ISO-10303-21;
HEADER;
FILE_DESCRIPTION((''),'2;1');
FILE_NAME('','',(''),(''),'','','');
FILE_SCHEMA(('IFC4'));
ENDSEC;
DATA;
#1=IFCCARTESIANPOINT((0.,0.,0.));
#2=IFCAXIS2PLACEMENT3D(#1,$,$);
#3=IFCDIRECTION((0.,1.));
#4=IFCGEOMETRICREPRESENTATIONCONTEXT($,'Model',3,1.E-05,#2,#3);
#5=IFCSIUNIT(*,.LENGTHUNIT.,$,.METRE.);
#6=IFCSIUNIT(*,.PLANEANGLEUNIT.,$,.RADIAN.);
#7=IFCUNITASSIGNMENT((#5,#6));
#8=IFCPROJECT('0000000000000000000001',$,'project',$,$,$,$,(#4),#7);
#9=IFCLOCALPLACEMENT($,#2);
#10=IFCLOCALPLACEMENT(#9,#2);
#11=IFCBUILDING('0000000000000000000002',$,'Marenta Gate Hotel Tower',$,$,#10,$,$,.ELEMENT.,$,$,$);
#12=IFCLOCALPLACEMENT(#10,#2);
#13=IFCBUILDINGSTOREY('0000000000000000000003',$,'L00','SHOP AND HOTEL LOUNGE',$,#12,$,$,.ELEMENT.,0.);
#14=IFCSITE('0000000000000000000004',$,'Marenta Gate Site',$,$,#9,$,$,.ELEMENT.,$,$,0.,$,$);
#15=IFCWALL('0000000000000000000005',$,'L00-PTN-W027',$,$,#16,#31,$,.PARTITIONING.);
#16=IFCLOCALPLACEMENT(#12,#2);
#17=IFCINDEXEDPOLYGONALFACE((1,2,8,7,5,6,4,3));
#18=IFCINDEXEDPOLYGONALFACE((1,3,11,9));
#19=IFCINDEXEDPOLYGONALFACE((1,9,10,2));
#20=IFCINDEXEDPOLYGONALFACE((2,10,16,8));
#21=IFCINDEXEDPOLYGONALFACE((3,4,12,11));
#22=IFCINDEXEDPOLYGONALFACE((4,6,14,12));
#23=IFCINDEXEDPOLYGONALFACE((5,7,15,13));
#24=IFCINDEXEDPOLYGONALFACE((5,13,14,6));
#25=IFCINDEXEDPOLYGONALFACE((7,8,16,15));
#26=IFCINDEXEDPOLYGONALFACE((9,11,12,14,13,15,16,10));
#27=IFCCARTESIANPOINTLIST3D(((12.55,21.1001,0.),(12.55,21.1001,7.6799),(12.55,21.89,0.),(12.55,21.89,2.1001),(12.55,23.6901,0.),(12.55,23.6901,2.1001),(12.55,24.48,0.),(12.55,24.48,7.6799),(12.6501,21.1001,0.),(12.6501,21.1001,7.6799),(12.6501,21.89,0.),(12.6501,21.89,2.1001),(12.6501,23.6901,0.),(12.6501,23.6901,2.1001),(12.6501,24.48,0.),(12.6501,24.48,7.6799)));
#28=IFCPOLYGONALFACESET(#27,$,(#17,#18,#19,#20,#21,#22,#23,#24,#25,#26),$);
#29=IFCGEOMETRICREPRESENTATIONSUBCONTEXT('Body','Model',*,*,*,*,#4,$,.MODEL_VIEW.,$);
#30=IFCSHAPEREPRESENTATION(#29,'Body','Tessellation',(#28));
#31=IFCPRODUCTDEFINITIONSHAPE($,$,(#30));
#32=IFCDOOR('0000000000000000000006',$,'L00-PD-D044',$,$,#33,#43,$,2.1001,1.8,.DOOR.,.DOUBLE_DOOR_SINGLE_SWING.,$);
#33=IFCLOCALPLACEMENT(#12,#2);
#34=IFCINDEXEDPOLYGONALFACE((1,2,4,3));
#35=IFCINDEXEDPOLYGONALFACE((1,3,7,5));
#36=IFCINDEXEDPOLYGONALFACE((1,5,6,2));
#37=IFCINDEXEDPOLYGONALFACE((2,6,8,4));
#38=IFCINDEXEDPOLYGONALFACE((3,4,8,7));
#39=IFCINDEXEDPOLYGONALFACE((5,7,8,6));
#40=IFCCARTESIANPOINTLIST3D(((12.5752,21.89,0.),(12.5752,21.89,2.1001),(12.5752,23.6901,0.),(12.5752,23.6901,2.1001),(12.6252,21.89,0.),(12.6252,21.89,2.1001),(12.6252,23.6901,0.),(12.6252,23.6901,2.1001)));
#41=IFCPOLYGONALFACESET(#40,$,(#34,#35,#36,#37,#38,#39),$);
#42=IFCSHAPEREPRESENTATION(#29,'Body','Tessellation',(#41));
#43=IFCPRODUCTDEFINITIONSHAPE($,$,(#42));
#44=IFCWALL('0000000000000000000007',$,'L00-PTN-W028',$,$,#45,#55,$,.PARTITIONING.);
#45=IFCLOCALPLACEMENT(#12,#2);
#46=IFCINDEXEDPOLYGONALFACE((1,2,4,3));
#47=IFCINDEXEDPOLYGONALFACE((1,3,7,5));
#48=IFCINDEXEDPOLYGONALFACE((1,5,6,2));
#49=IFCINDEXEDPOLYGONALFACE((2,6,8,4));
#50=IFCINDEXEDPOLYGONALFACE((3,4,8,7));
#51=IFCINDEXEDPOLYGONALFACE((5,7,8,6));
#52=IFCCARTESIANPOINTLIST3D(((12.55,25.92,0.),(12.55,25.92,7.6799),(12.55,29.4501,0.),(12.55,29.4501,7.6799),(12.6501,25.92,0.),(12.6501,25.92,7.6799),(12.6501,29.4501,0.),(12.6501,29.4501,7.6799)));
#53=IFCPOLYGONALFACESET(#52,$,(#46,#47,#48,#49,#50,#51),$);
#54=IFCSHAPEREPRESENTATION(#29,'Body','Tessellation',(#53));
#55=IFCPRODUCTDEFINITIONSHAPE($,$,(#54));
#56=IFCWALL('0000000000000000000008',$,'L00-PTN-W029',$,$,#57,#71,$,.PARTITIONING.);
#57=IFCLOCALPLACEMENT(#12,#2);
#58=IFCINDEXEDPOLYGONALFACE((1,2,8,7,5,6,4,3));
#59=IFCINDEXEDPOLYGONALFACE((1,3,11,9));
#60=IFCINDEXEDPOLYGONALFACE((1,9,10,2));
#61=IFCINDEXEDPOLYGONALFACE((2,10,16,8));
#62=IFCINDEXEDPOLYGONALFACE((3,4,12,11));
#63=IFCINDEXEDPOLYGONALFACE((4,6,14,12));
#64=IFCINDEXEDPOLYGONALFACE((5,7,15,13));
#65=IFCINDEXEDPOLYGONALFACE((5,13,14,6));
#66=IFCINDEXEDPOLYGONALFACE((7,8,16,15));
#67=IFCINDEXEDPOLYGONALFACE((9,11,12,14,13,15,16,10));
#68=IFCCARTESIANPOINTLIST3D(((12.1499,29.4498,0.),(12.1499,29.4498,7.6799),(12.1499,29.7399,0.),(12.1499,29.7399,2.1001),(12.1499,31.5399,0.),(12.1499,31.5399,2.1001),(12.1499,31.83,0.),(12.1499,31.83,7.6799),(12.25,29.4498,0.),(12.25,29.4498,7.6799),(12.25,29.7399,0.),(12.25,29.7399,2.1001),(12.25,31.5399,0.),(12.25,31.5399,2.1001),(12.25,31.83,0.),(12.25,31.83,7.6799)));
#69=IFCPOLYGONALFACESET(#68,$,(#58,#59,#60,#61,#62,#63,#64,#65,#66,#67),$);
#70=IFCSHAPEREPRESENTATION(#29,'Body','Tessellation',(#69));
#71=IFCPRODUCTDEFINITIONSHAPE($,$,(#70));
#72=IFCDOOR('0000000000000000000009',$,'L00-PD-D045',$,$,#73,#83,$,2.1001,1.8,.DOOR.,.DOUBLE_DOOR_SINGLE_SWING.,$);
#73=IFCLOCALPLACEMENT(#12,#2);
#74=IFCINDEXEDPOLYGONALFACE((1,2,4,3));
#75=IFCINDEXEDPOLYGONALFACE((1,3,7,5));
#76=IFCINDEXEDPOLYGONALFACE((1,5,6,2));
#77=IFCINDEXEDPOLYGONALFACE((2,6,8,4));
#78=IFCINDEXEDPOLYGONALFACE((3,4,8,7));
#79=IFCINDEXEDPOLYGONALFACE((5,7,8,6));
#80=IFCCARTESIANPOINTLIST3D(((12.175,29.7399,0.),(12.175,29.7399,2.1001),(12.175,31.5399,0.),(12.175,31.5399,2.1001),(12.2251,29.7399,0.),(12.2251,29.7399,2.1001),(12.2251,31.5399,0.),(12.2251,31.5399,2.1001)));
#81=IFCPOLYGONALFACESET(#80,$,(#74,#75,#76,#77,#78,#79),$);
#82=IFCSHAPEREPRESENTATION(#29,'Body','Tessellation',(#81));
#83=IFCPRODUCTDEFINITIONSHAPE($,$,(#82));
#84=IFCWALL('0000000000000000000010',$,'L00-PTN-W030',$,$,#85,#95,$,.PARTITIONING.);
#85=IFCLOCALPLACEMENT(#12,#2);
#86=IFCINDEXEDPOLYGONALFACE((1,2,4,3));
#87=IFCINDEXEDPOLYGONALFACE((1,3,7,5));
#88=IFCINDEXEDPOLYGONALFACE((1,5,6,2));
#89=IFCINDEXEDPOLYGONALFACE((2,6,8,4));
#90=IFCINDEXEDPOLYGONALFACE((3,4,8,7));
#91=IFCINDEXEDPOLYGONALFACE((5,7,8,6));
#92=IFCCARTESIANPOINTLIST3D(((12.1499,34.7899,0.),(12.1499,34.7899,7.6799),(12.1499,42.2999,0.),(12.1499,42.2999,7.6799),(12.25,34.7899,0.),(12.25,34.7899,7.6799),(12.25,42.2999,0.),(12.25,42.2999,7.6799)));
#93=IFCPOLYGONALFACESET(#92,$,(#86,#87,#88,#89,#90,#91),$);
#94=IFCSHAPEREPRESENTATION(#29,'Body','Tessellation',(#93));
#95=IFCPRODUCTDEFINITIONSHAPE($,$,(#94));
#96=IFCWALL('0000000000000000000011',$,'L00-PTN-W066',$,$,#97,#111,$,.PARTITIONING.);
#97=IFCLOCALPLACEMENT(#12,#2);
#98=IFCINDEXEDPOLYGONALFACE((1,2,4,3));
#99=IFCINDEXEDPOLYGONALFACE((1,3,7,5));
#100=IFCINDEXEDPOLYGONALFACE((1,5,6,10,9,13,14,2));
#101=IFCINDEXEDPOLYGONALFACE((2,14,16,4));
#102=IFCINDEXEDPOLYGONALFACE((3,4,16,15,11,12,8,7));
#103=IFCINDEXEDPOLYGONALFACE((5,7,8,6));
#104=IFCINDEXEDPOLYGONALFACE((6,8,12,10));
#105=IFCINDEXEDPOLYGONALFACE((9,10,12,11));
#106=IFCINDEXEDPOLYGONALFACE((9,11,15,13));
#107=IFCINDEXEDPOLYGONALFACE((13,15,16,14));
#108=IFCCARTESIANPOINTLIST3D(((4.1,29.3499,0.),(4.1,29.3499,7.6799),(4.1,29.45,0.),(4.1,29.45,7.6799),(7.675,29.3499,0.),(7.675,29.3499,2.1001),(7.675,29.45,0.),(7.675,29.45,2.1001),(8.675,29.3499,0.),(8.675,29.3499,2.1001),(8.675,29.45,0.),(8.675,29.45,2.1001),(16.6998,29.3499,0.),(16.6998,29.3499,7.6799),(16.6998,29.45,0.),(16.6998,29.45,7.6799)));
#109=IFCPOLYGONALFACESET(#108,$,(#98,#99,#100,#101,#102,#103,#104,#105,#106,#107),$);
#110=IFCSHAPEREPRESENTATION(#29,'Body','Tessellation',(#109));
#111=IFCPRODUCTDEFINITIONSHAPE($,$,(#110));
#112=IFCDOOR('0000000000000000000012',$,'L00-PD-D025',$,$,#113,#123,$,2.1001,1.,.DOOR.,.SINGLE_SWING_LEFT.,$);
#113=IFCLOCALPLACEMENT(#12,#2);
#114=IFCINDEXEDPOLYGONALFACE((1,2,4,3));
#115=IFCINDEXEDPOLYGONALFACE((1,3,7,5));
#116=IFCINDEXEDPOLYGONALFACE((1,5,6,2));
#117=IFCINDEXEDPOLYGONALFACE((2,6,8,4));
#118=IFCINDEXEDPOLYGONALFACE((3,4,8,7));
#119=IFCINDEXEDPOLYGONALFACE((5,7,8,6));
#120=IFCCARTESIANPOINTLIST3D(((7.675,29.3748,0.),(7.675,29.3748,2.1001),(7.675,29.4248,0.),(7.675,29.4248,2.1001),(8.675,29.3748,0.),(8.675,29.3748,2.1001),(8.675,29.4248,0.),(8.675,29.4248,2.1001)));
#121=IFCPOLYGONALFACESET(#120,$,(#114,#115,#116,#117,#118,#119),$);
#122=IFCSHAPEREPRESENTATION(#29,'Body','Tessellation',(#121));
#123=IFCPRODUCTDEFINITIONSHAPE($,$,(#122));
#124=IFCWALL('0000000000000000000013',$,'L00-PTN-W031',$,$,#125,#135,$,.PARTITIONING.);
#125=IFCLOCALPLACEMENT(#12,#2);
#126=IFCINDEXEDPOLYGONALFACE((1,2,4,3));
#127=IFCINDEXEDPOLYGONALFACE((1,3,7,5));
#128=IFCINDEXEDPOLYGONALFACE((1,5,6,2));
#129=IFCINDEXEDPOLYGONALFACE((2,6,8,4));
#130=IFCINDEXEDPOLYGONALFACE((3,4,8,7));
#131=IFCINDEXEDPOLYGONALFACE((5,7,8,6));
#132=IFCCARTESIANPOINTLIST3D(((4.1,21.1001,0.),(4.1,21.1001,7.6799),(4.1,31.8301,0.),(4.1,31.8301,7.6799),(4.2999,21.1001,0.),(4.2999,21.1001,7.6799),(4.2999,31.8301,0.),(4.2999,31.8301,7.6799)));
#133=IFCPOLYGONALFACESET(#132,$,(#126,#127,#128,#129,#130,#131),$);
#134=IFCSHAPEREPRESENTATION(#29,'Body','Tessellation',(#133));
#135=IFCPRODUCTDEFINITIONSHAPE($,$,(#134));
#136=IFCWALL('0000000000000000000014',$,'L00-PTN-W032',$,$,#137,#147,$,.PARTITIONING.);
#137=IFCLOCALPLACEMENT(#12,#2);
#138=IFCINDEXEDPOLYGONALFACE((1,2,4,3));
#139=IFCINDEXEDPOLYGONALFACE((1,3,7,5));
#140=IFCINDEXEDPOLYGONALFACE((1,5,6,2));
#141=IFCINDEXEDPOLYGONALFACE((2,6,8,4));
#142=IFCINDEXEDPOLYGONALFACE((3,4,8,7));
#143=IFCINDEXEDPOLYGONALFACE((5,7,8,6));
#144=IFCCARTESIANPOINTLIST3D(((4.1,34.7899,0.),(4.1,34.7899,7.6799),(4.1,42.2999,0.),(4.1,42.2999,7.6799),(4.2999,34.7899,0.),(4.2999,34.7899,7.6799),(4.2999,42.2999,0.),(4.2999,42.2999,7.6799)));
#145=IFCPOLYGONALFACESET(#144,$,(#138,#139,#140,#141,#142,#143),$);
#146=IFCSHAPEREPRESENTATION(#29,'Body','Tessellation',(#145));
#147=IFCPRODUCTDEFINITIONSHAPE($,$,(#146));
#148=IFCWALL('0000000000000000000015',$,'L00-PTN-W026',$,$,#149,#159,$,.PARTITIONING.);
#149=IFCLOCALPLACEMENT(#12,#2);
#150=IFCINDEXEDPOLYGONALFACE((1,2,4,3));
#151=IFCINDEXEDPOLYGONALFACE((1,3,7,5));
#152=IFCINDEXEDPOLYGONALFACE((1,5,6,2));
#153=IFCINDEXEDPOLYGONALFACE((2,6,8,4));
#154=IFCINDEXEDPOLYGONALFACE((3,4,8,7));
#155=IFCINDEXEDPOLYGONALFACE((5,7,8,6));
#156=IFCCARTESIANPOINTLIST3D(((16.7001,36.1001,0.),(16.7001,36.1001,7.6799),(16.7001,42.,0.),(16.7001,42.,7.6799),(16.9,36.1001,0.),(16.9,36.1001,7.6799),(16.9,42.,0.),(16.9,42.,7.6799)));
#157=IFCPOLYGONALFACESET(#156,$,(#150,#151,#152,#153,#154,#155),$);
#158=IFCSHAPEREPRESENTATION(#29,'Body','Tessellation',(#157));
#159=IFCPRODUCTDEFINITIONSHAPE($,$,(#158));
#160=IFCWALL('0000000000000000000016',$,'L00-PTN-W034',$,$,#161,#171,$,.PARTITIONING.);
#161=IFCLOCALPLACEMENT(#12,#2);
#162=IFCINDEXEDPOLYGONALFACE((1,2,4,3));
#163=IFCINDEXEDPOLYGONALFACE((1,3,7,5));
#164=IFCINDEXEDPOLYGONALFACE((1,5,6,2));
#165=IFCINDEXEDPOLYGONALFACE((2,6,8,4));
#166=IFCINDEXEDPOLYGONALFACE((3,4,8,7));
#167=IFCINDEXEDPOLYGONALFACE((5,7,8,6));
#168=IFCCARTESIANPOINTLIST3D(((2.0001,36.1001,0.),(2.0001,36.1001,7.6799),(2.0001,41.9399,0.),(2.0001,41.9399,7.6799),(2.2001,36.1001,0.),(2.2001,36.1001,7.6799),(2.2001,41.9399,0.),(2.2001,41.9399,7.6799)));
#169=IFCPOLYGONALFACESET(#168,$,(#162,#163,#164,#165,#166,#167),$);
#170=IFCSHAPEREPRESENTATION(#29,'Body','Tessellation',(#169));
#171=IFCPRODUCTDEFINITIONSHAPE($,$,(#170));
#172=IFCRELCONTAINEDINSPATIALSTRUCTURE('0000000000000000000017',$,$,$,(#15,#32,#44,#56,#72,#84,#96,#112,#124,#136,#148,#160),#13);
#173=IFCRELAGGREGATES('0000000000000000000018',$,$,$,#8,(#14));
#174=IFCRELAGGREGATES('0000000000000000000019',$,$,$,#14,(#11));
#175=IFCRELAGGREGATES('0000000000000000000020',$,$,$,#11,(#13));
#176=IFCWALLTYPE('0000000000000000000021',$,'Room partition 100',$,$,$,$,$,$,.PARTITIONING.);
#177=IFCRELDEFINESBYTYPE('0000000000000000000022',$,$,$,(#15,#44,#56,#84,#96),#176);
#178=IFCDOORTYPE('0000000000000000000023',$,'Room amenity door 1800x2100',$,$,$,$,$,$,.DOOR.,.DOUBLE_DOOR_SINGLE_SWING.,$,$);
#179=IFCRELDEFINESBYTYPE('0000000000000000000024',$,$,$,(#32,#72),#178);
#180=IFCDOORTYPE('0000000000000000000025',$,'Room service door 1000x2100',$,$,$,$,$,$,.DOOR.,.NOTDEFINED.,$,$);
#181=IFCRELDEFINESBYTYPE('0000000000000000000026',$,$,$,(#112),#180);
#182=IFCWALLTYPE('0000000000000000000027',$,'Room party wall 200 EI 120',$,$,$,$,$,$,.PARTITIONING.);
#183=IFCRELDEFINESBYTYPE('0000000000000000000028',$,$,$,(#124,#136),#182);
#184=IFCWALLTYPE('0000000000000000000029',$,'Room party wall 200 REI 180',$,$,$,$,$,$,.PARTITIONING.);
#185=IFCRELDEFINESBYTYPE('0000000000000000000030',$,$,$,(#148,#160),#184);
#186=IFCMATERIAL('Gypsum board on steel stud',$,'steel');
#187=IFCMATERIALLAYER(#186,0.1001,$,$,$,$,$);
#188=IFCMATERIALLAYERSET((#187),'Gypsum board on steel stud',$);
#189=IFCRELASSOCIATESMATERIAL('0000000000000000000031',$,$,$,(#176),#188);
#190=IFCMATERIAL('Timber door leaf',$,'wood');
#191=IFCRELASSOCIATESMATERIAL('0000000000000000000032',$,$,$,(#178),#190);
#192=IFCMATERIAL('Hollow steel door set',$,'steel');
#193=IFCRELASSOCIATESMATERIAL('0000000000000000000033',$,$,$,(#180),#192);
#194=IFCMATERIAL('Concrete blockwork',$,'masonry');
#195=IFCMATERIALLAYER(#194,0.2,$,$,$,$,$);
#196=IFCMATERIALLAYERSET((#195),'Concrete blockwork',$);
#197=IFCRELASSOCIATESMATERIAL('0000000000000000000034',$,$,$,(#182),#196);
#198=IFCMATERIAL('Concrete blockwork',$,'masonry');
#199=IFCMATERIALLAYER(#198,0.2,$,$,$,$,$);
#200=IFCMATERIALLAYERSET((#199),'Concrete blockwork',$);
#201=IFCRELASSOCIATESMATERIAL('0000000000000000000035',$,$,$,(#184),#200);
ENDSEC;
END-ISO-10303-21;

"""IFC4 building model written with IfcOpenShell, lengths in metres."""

from ifc_helpers import new_model, si_unit, direction, frame, frame_2d, origin, place, context, subcontext, project, spatial, rectangle, extrude, material, layer, layer_set, type_object, element, fill, save


model = new_model("IFC4")

# Units and contexts
model_context = context("Model", 3, precision=1e-05, world=origin(), true_north=direction((0.0, 1.0)))
body_context = subcontext(model_context, "Body", "Model", "MODEL_VIEW")
ifc_project = project(units=[si_unit("LENGTHUNIT", "METRE"), si_unit("PLANEANGLEUNIT", "RADIAN")], contexts=[model_context])

# Site, building, storey
site_placement = place(None, origin())
site = spatial("IfcSite", under=ifc_project, at=site_placement, Name="Marenta Gate Site", CompositionType="ELEMENT", RefElevation=0.0)
building_placement = place(site_placement, origin())
building = spatial("IfcBuilding", under=site, at=building_placement, Name="Marenta Gate Hotel Tower", CompositionType="ELEMENT")
storey_placement = place(building_placement, origin())
storey = spatial("IfcBuildingStorey", under=building, at=storey_placement, Name="L00", Description="SHOP AND HOTEL LOUNGE", CompositionType="ELEMENT", Elevation=0.0)

# Wall, opening, door
ifc_material_1 = material(Name="Gypsum board on steel stud", Category="steel")
ifc_layer_1 = layer(ifc_material_1, 0.1001)
ifc_layer_set_1 = layer_set([ifc_layer_1], Name="Gypsum board on steel stud")
wall_type_1 = type_object("IfcWallType", Name="Room partition 100", PredefinedType="PARTITIONING", material=ifc_layer_set_1)
wall_1_placement = place(storey_placement, frame((12.6001, 21.1001, 0.0), z_axis=(0.0, 0.0, 1.0), x_axis=(0.0, 1.0, 0.0)))
wall_1 = element("IfcWall", 1, at=wall_1_placement, inside=storey, type_object=wall_type_1, Name="L00-PTN-W027", PredefinedType="PARTITIONING", context=body_context, shape_type="SweptSolid", body=[
    extrude(rectangle(XDim=3.3799, YDim=0.1001, at=frame_2d((1.6899, 0.0))), origin(), (0.0, 0.0, 1.0), 7.6799),
])
opening_1_placement = place(wall_1_placement, frame((0.79, 0.0, 0.0)))
opening_1 = element("IfcOpeningElement", 2, at=opening_1_placement, cuts=wall_1, PredefinedType="OPENING", context=body_context, shape_type="SweptSolid", body=[
    extrude(rectangle(XDim=1.8, YDim=2.1001, at=frame_2d((0.8999, 1.05))), frame((0.0, 0.05, 0.0), z_axis=(0.0, -1.0, 0.0), x_axis=(1.0, 0.0, 0.0)), (0.0, 0.0, 1.0), 0.1001),
])
ifc_material_2 = material(Name="Timber door leaf", Category="wood")
door_type_1 = type_object("IfcDoorType", Name="Room amenity door 1800x2100", OperationType="DOUBLE_DOOR_SINGLE_SWING", PredefinedType="DOOR", material=ifc_material_2)
door_1_placement = place(opening_1_placement, origin())
door_1 = element("IfcDoor", 3, at=door_1_placement, inside=storey, type_object=door_type_1, Name="L00-PD-D044", OperationType="DOUBLE_DOOR_SINGLE_SWING", OverallHeight=2.1001, OverallWidth=1.8, PredefinedType="DOOR", context=body_context, shape_type="SweptSolid", body=[
    extrude(rectangle(XDim=1.8, YDim=2.1001, at=frame_2d((0.8999, 1.05))), frame((0.0, 0.0249, 0.0), z_axis=(0.0, -1.0, 0.0), x_axis=(1.0, 0.0, 0.0)), (0.0, 0.0, 1.0), 0.05),
])
fill(opening_1, door_1)

# Wall
wall_2_placement = place(storey_placement, frame((12.6001, 25.9199, 0.0), z_axis=(0.0, 0.0, 1.0), x_axis=(0.0, 1.0, 0.0)))
element("IfcWall", 4, at=wall_2_placement, inside=storey, type_object=wall_type_1, Name="L00-PTN-W028", PredefinedType="PARTITIONING", context=body_context, shape_type="SweptSolid", body=[
    extrude(rectangle(XDim=3.53, YDim=0.1001, at=frame_2d((1.7651, 0.0))), origin(), (0.0, 0.0, 1.0), 7.6799),
])

# Wall, opening, door
wall_3_placement = place(storey_placement, frame((12.2, 29.45, 0.0), z_axis=(0.0, 0.0, 1.0), x_axis=(0.0, 1.0, 0.0)))
wall_3 = element("IfcWall", 5, at=wall_3_placement, inside=storey, type_object=wall_type_1, Name="L00-PTN-W029", PredefinedType="PARTITIONING", context=body_context, shape_type="SweptSolid", body=[
    extrude(rectangle(XDim=2.3801, YDim=0.1001, at=frame_2d((1.1899, 0.0))), origin(), (0.0, 0.0, 1.0), 7.6799),
])
opening_2_placement = place(wall_3_placement, frame((0.29, 0.0, 0.0)))
opening_2 = element("IfcOpeningElement", 6, at=opening_2_placement, cuts=wall_3, PredefinedType="OPENING", context=body_context, shape_type="SweptSolid", body=[
    extrude(rectangle(XDim=1.8, YDim=2.1001, at=frame_2d((0.8999, 1.05))), frame((0.0, 0.05, 0.0), z_axis=(0.0, -1.0, 0.0), x_axis=(1.0, 0.0, 0.0)), (0.0, 0.0, 1.0), 0.1001),
])
door_2_placement = place(opening_2_placement, origin())
door_2 = element("IfcDoor", 7, at=door_2_placement, inside=storey, type_object=door_type_1, Name="L00-PD-D045", OperationType="DOUBLE_DOOR_SINGLE_SWING", OverallHeight=2.1001, OverallWidth=1.8, PredefinedType="DOOR", context=body_context, shape_type="SweptSolid", body=[
    extrude(rectangle(XDim=1.8, YDim=2.1001, at=frame_2d((0.8999, 1.05))), frame((0.0, 0.0249, 0.0), z_axis=(0.0, -1.0, 0.0), x_axis=(1.0, 0.0, 0.0)), (0.0, 0.0, 1.0), 0.05),
])
fill(opening_2, door_2)

# Wall
wall_4_placement = place(storey_placement, frame((12.2, 34.79, 0.0), z_axis=(0.0, 0.0, 1.0), x_axis=(0.0, 1.0, 0.0)))
element("IfcWall", 8, at=wall_4_placement, inside=storey, type_object=wall_type_1, Name="L00-PTN-W030", PredefinedType="PARTITIONING", context=body_context, shape_type="SweptSolid", body=[
    extrude(rectangle(XDim=7.51, YDim=0.1001, at=frame_2d((3.7549, 0.0))), origin(), (0.0, 0.0, 1.0), 7.6799),
])

# Wall, opening, door
wall_5_placement = place(storey_placement, frame((4.1001, 29.3999, 0.0), z_axis=(0.0, 0.0, 1.0), x_axis=(1.0, 0.0, 0.0)))
wall_5 = element("IfcWall", 9, at=wall_5_placement, inside=storey, type_object=wall_type_1, Name="L00-PTN-W066", PredefinedType="PARTITIONING", context=body_context, shape_type="SweptSolid", body=[
    extrude(rectangle(XDim=12.5999, YDim=0.1001, at=frame_2d((6.2998, 0.0))), origin(), (0.0, 0.0, 1.0), 7.6799),
])
opening_3_placement = place(wall_5_placement, frame((3.575, 0.0, 0.0)))
opening_3 = element("IfcOpeningElement", 10, at=opening_3_placement, cuts=wall_5, PredefinedType="OPENING", context=body_context, shape_type="SweptSolid", body=[
    extrude(rectangle(XDim=1.0, YDim=2.1001, at=frame_2d((0.5, 1.05))), frame((0.0, 0.05, 0.0), z_axis=(0.0, -1.0, 0.0), x_axis=(1.0, 0.0, 0.0)), (0.0, 0.0, 1.0), 0.1001),
])
ifc_material_3 = material(Name="Hollow steel door set", Category="steel")
door_type_2 = type_object("IfcDoorType", Name="Room service door 1000x2100", OperationType="NOTDEFINED", PredefinedType="DOOR", material=ifc_material_3)
door_3_placement = place(opening_3_placement, origin())
door_3 = element("IfcDoor", 11, at=door_3_placement, inside=storey, type_object=door_type_2, Name="L00-PD-D025", OperationType="SINGLE_SWING_LEFT", OverallHeight=2.1001, OverallWidth=1.0, PredefinedType="DOOR", context=body_context, shape_type="SweptSolid", body=[
    extrude(rectangle(XDim=1.0, YDim=2.1001, at=frame_2d((0.5, 1.05))), frame((0.0, 0.0249, 0.0), z_axis=(0.0, -1.0, 0.0), x_axis=(1.0, 0.0, 0.0)), (0.0, 0.0, 1.0), 0.05),
])
fill(opening_3, door_3)

# Walls
ifc_material_4 = material(Name="Concrete blockwork", Category="masonry")
ifc_layer_2 = layer(ifc_material_4, 0.2)
ifc_layer_set_2 = layer_set([ifc_layer_2], Name="Concrete blockwork")
wall_type_2 = type_object("IfcWallType", Name="Room party wall 200 EI 120", PredefinedType="PARTITIONING", material=ifc_layer_set_2)
wall_6_placement = place(storey_placement, frame((4.2, 21.1001, 0.0), z_axis=(0.0, 0.0, 1.0), x_axis=(0.0, 1.0, 0.0)))
element("IfcWall", 12, at=wall_6_placement, inside=storey, type_object=wall_type_2, Name="L00-PTN-W031", PredefinedType="PARTITIONING", context=body_context, shape_type="SweptSolid", body=[
    extrude(rectangle(XDim=10.73, YDim=0.2, at=frame_2d((5.365, 0.0))), origin(), (0.0, 0.0, 1.0), 7.6799),
])
wall_7_placement = place(storey_placement, frame((4.2, 34.79, 0.0), z_axis=(0.0, 0.0, 1.0), x_axis=(0.0, 1.0, 0.0)))
element("IfcWall", 13, at=wall_7_placement, inside=storey, type_object=wall_type_2, Name="L00-PTN-W032", PredefinedType="PARTITIONING", context=body_context, shape_type="SweptSolid", body=[
    extrude(rectangle(XDim=7.51, YDim=0.2, at=frame_2d((3.7549, 0.0))), origin(), (0.0, 0.0, 1.0), 7.6799),
])
ifc_material_5 = material(Name="Concrete blockwork", Category="masonry")
ifc_layer_3 = layer(ifc_material_5, 0.2)
ifc_layer_set_3 = layer_set([ifc_layer_3], Name="Concrete blockwork")
wall_type_3 = type_object("IfcWallType", Name="Room party wall 200 REI 180", PredefinedType="PARTITIONING", material=ifc_layer_set_3)
wall_8_placement = place(storey_placement, frame((16.8, 36.1001, 0.0), z_axis=(0.0, 0.0, 1.0), x_axis=(0.0, 1.0, 0.0)))
element("IfcWall", 14, at=wall_8_placement, inside=storey, type_object=wall_type_3, Name="L00-PTN-W026", PredefinedType="PARTITIONING", context=body_context, shape_type="SweptSolid", body=[
    extrude(rectangle(XDim=5.8999, YDim=0.2, at=frame_2d((2.95, 0.0))), origin(), (0.0, 0.0, 1.0), 7.6799),
])
wall_9_placement = place(storey_placement, frame((2.1001, 36.1001, 0.0), z_axis=(0.0, 0.0, 1.0), x_axis=(0.0, 1.0, 0.0)))
element("IfcWall", 15, at=wall_9_placement, inside=storey, type_object=wall_type_3, Name="L00-PTN-W034", PredefinedType="PARTITIONING", context=body_context, shape_type="SweptSolid", body=[
    extrude(rectangle(XDim=5.8398, YDim=0.2, at=frame_2d((2.9199, 0.0))), origin(), (0.0, 0.0, 1.0), 7.6799),
])

save(model, "model.ifc")
